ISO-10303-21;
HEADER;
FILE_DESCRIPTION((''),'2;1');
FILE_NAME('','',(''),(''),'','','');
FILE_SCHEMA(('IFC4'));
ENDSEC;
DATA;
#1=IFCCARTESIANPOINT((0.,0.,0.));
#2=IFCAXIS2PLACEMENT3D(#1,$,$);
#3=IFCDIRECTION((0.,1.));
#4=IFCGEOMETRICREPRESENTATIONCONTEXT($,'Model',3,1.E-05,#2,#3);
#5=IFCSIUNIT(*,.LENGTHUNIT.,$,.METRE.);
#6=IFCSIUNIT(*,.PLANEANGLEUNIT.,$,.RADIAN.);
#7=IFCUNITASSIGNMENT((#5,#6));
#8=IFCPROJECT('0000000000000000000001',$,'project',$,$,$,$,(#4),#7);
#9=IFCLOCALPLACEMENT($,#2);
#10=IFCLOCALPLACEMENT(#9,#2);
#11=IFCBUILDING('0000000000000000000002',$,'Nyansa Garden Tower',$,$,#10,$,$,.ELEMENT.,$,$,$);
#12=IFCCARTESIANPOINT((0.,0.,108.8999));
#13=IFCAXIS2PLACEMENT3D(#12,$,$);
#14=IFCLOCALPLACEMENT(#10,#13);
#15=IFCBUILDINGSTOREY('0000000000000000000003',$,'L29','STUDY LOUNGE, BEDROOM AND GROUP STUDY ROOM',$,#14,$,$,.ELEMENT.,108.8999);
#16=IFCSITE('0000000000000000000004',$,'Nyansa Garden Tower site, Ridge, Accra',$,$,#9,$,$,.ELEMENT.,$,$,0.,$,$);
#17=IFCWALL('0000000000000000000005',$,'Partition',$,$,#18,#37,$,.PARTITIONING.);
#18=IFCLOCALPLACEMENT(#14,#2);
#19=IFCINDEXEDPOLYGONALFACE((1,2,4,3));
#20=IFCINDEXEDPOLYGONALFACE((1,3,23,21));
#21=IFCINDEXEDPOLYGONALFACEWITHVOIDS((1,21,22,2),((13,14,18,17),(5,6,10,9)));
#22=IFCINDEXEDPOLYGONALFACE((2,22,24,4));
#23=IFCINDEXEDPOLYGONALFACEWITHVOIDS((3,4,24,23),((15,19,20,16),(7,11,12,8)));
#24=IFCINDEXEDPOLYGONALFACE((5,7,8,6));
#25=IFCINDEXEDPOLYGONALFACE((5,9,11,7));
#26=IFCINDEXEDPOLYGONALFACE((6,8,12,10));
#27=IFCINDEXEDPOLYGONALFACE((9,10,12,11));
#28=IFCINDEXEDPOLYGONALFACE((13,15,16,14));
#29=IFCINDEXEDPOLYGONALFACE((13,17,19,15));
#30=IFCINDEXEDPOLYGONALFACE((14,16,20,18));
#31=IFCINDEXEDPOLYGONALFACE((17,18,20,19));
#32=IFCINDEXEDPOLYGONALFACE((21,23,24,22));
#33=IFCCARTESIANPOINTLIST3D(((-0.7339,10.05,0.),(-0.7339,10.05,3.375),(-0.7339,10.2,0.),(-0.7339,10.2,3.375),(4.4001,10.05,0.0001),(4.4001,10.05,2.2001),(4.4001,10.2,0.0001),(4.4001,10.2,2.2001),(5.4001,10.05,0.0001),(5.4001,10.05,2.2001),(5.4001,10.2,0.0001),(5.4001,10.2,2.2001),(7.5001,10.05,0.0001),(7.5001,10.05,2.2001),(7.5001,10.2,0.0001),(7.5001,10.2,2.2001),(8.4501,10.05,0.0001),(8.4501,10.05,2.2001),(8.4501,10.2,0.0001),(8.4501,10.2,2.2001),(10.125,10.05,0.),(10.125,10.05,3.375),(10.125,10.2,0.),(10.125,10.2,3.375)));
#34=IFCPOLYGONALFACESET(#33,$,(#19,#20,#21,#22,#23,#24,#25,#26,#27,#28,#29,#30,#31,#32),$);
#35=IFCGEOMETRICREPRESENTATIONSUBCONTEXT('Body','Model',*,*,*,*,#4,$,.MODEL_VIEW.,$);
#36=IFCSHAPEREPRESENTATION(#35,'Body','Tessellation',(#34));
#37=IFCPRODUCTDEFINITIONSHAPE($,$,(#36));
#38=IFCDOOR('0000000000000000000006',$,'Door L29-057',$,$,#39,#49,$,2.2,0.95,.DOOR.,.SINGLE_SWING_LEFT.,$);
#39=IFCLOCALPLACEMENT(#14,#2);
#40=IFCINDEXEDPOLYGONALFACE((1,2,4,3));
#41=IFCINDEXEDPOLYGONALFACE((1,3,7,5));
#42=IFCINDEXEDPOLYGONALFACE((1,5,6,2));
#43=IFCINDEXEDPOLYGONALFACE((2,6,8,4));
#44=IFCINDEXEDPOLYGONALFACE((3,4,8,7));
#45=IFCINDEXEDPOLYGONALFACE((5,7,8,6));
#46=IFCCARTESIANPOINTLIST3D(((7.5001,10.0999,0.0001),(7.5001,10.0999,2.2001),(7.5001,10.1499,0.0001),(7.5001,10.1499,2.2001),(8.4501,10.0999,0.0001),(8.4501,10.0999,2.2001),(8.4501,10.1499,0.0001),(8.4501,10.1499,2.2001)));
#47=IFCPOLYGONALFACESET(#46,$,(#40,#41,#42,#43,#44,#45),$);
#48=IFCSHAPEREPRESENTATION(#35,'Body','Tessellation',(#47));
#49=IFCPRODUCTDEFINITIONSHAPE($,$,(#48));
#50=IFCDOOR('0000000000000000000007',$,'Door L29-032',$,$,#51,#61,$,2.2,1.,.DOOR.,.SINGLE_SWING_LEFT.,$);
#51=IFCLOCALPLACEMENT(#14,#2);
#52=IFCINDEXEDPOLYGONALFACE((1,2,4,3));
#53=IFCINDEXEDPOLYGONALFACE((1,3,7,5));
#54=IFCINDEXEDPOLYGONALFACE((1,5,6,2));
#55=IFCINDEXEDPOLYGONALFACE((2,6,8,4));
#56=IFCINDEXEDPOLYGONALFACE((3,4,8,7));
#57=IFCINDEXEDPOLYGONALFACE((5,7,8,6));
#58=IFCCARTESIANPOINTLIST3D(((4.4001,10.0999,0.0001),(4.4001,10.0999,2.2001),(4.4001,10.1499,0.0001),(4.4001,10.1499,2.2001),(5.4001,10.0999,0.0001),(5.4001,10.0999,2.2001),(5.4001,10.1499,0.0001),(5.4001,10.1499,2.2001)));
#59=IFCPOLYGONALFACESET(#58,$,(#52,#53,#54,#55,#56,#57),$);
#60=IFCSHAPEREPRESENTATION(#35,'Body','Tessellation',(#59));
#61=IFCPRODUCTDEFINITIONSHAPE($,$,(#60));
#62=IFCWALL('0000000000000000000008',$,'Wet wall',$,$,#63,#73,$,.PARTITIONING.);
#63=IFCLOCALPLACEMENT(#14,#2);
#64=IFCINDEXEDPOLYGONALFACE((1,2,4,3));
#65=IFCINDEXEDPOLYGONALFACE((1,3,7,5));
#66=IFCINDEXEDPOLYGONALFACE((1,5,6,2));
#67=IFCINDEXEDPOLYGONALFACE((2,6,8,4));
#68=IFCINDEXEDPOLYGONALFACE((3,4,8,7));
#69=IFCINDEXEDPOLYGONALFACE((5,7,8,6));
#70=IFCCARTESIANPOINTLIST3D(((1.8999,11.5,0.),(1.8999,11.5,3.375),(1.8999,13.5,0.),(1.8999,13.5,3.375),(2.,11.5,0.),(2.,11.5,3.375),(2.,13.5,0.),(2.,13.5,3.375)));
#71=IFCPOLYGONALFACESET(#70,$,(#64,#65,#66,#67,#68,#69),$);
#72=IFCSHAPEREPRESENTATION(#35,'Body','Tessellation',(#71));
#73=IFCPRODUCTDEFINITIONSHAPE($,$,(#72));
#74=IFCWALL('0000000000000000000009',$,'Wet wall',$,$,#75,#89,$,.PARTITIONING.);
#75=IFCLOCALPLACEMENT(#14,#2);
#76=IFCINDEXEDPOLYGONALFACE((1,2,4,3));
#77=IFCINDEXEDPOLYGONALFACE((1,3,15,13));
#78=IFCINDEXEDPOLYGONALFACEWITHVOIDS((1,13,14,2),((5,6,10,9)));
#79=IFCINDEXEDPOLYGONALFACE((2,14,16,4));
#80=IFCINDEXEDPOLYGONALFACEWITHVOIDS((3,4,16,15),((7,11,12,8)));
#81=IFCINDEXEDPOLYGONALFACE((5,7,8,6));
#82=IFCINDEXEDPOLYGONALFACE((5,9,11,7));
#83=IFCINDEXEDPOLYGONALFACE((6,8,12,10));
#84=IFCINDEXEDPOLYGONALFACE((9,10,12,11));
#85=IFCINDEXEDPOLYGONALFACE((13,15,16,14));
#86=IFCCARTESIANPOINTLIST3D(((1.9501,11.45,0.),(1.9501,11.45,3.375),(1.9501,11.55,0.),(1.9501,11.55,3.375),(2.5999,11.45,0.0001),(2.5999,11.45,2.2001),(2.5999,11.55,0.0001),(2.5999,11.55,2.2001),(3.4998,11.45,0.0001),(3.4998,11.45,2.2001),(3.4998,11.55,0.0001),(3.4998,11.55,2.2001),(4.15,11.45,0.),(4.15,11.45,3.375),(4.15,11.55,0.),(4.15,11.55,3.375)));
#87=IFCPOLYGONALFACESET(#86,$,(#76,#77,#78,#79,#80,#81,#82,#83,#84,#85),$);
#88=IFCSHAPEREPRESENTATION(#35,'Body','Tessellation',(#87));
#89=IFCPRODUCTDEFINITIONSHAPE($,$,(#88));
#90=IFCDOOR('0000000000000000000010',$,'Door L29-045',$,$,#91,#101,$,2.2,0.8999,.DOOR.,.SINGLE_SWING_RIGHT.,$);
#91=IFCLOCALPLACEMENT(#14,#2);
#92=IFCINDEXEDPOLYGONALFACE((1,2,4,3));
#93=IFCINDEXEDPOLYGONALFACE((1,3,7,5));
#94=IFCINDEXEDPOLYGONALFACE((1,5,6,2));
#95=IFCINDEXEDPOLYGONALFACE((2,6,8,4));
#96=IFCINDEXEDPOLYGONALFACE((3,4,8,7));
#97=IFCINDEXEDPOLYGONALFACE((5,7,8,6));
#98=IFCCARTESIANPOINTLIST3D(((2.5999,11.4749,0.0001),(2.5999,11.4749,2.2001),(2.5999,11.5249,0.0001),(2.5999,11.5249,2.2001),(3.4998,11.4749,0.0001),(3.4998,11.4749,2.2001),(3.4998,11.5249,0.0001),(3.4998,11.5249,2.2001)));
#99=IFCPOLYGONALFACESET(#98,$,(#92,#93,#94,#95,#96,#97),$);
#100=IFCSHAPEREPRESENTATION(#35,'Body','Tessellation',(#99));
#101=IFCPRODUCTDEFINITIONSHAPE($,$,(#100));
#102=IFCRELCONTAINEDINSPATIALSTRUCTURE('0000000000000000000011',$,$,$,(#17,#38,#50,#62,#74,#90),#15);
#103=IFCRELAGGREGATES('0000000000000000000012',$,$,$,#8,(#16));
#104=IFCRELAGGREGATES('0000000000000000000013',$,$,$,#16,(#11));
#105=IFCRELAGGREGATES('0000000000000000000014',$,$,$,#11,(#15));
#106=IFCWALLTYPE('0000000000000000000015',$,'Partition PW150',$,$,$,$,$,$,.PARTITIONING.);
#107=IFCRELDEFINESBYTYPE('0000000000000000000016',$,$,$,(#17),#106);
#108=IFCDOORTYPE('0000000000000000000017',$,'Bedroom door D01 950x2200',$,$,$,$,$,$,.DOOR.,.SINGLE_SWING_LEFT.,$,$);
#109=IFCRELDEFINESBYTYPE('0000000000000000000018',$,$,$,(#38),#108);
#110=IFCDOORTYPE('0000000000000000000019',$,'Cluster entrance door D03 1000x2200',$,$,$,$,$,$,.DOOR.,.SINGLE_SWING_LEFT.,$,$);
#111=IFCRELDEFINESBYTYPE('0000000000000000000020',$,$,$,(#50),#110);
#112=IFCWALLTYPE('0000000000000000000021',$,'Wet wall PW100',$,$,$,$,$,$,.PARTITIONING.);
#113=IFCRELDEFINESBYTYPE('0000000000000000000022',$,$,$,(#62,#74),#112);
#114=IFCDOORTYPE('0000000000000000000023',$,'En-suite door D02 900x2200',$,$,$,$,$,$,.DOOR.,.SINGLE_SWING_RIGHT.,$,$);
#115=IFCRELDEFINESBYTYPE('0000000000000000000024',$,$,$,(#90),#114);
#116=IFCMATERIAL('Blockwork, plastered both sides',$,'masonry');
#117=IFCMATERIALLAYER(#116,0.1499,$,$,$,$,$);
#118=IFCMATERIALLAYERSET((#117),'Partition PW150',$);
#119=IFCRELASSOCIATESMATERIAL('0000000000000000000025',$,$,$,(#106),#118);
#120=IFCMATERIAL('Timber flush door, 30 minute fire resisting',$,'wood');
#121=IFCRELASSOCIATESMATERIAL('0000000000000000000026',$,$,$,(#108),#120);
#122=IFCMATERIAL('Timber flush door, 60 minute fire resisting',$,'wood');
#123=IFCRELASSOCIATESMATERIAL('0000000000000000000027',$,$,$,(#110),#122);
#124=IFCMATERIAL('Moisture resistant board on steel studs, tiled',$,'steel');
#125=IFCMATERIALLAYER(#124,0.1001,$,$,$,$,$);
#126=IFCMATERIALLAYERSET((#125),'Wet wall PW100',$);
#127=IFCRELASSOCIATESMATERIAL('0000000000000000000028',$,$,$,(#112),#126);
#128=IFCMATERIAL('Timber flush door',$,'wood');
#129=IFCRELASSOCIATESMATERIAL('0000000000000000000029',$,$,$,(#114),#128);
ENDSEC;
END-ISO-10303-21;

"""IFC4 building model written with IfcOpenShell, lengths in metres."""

from ifc_helpers import new_model, si_unit, direction, frame, frame_2d, origin, place, context, subcontext, project, spatial, rectangle, extrude, material, layer, layer_set, type_object, element, fill, save


model = new_model("IFC4")

# Units and contexts
model_context = context("Model", 3, precision=1e-05, world=origin(), true_north=direction((0.0, 1.0)))
body_context = subcontext(model_context, "Body", "Model", "MODEL_VIEW")
ifc_project = project(units=[si_unit("LENGTHUNIT", "METRE"), si_unit("PLANEANGLEUNIT", "RADIAN")], contexts=[model_context])

# Site, building, storey
site_placement = place(None, origin())
site = spatial("IfcSite", under=ifc_project, at=site_placement, Name="Nyansa Garden Tower site, Ridge, Accra", CompositionType="ELEMENT", RefElevation=0.0)
building_placement = place(site_placement, origin())
building = spatial("IfcBuilding", under=site, at=building_placement, Name="Nyansa Garden Tower", CompositionType="ELEMENT")
storey_placement = place(building_placement, frame((0.0, 0.0, 108.8999)))
storey = spatial("IfcBuildingStorey", under=building, at=storey_placement, Name="L29", Description="STUDY LOUNGE, BEDROOM AND GROUP STUDY ROOM", CompositionType="ELEMENT", Elevation=108.8999)

# Wall, openings, doors
ifc_material_1 = material(Name="Blockwork, plastered both sides", Category="masonry")
ifc_layer_1 = layer(ifc_material_1, 0.1499)
ifc_layer_set_1 = layer_set([ifc_layer_1], Name="Partition PW150")
wall_type_1 = type_object("IfcWallType", Name="Partition PW150", PredefinedType="PARTITIONING", material=ifc_layer_set_1)
wall_1_placement = place(storey_placement, frame((-0.7339, 10.125, 0.0), z_axis=(0.0, 0.0, 1.0), x_axis=(1.0, 0.0, 0.0)))
wall_1 = element("IfcWall", 1, at=wall_1_placement, inside=storey, type_object=wall_type_1, Name="Partition", PredefinedType="PARTITIONING", context=body_context, shape_type="SweptSolid", body=[
    extrude(rectangle(XDim=10.8589, YDim=0.1499, at=frame_2d((5.4294, 0.0))), origin(), (0.0, 0.0, 1.0), 3.375),
])
opening_1_placement = place(wall_1_placement, frame((5.134, 0.0, 0.0)))
opening_1 = element("IfcOpeningElement", 2, at=opening_1_placement, cuts=wall_1, PredefinedType="OPENING", context=body_context, shape_type="SweptSolid", body=[
    extrude(rectangle(XDim=1.0, YDim=2.2, at=frame_2d((0.5, 1.1001))), frame((0.0, 0.085, 0.0), z_axis=(0.0, -1.0, 0.0), x_axis=(1.0, 0.0, 0.0)), (0.0, 0.0, 1.0), 0.1699),
])
opening_2_placement = place(wall_1_placement, frame((8.2339, 0.0, 0.0)))
opening_2 = element("IfcOpeningElement", 3, at=opening_2_placement, cuts=wall_1, PredefinedType="OPENING", context=body_context, shape_type="SweptSolid", body=[
    extrude(rectangle(XDim=0.95, YDim=2.2, at=frame_2d((0.4751, 1.1001))), frame((0.0, 0.085, 0.0), z_axis=(0.0, -1.0, 0.0), x_axis=(1.0, 0.0, 0.0)), (0.0, 0.0, 1.0), 0.1699),
])
ifc_material_2 = material(Name="Timber flush door, 30 minute fire resisting", Category="wood")
door_type_1 = type_object("IfcDoorType", Name="Bedroom door D01 950x2200", OperationType="SINGLE_SWING_LEFT", PredefinedType="DOOR", material=ifc_material_2)
door_1_placement = place(opening_2_placement, origin())
door_1 = element("IfcDoor", 4, at=door_1_placement, inside=storey, type_object=door_type_1, Name="Door L29-057", OperationType="SINGLE_SWING_LEFT", OverallHeight=2.2, OverallWidth=0.95, PredefinedType="DOOR", context=body_context, shape_type="SweptSolid", body=[
    extrude(rectangle(XDim=0.95, YDim=2.2, at=frame_2d((0.4751, 1.1001))), frame((0.0, 0.0249, 0.0), z_axis=(0.0, -1.0, 0.0), x_axis=(1.0, 0.0, 0.0)), (0.0, 0.0, 1.0), 0.05),
])
fill(opening_2, door_1)
ifc_material_3 = material(Name="Timber flush door, 60 minute fire resisting", Category="wood")
door_type_2 = type_object("IfcDoorType", Name="Cluster entrance door D03 1000x2200", OperationType="SINGLE_SWING_LEFT", PredefinedType="DOOR", material=ifc_material_3)
door_2_placement = place(opening_1_placement, origin())
door_2 = element("IfcDoor", 5, at=door_2_placement, inside=storey, type_object=door_type_2, Name="Door L29-032", OperationType="SINGLE_SWING_LEFT", OverallHeight=2.2, OverallWidth=1.0, PredefinedType="DOOR", context=body_context, shape_type="SweptSolid", body=[
    extrude(rectangle(XDim=1.0, YDim=2.2, at=frame_2d((0.5, 1.1001))), frame((0.0, 0.0249, 0.0), z_axis=(0.0, -1.0, 0.0), x_axis=(1.0, 0.0, 0.0)), (0.0, 0.0, 1.0), 0.05),
])
fill(opening_1, door_2)

# Wall
ifc_material_4 = material(Name="Moisture resistant board on steel studs, tiled", Category="steel")
ifc_layer_2 = layer(ifc_material_4, 0.1001)
ifc_layer_set_2 = layer_set([ifc_layer_2], Name="Wet wall PW100")
wall_type_2 = type_object("IfcWallType", Name="Wet wall PW100", PredefinedType="PARTITIONING", material=ifc_layer_set_2)
wall_2_placement = place(storey_placement, frame((1.95, 11.5, 0.0), z_axis=(0.0, 0.0, 1.0), x_axis=(0.0, 1.0, 0.0)))
element("IfcWall", 6, at=wall_2_placement, inside=storey, type_object=wall_type_2, Name="Wet wall", PredefinedType="PARTITIONING", context=body_context, shape_type="SweptSolid", body=[
    extrude(rectangle(XDim=2.0, YDim=0.1001, at=frame_2d((1.0, 0.0))), origin(), (0.0, 0.0, 1.0), 3.375),
])

# Wall, opening, door
wall_3_placement = place(storey_placement, frame((1.95, 11.5, 0.0), z_axis=(0.0, 0.0, 1.0), x_axis=(1.0, 0.0, 0.0)))
wall_3 = element("IfcWall", 7, at=wall_3_placement, inside=storey, type_object=wall_type_2, Name="Wet wall", PredefinedType="PARTITIONING", context=body_context, shape_type="SweptSolid", body=[
    extrude(rectangle(XDim=2.2, YDim=0.1001, at=frame_2d((1.1001, 0.0))), origin(), (0.0, 0.0, 1.0), 3.375),
])
opening_3_placement = place(wall_3_placement, frame((0.6499, 0.0, 0.0)))
opening_3 = element("IfcOpeningElement", 8, at=opening_3_placement, cuts=wall_3, PredefinedType="OPENING", context=body_context, shape_type="SweptSolid", body=[
    extrude(rectangle(XDim=0.8999, YDim=2.2, at=frame_2d((0.45, 1.1001))), frame((0.0, 0.0601, 0.0), z_axis=(0.0, -1.0, 0.0), x_axis=(1.0, 0.0, 0.0)), (0.0, 0.0, 1.0), 0.1201),
])
ifc_material_5 = material(Name="Timber flush door", Category="wood")
door_type_3 = type_object("IfcDoorType", Name="En-suite door D02 900x2200", OperationType="SINGLE_SWING_RIGHT", PredefinedType="DOOR", material=ifc_material_5)
door_3_placement = place(opening_3_placement, origin())
door_3 = element("IfcDoor", 9, at=door_3_placement, inside=storey, type_object=door_type_3, Name="Door L29-045", OperationType="SINGLE_SWING_RIGHT", OverallHeight=2.2, OverallWidth=0.8999, PredefinedType="DOOR", context=body_context, shape_type="SweptSolid", body=[
    extrude(rectangle(XDim=0.8999, YDim=2.2, at=frame_2d((0.45, 1.1001))), frame((0.0, 0.0249, 0.0), z_axis=(0.0, -1.0, 0.0), x_axis=(1.0, 0.0, 0.0)), (0.0, 0.0, 1.0), 0.05),
])
fill(opening_3, door_3)

save(model, "model.ifc")
